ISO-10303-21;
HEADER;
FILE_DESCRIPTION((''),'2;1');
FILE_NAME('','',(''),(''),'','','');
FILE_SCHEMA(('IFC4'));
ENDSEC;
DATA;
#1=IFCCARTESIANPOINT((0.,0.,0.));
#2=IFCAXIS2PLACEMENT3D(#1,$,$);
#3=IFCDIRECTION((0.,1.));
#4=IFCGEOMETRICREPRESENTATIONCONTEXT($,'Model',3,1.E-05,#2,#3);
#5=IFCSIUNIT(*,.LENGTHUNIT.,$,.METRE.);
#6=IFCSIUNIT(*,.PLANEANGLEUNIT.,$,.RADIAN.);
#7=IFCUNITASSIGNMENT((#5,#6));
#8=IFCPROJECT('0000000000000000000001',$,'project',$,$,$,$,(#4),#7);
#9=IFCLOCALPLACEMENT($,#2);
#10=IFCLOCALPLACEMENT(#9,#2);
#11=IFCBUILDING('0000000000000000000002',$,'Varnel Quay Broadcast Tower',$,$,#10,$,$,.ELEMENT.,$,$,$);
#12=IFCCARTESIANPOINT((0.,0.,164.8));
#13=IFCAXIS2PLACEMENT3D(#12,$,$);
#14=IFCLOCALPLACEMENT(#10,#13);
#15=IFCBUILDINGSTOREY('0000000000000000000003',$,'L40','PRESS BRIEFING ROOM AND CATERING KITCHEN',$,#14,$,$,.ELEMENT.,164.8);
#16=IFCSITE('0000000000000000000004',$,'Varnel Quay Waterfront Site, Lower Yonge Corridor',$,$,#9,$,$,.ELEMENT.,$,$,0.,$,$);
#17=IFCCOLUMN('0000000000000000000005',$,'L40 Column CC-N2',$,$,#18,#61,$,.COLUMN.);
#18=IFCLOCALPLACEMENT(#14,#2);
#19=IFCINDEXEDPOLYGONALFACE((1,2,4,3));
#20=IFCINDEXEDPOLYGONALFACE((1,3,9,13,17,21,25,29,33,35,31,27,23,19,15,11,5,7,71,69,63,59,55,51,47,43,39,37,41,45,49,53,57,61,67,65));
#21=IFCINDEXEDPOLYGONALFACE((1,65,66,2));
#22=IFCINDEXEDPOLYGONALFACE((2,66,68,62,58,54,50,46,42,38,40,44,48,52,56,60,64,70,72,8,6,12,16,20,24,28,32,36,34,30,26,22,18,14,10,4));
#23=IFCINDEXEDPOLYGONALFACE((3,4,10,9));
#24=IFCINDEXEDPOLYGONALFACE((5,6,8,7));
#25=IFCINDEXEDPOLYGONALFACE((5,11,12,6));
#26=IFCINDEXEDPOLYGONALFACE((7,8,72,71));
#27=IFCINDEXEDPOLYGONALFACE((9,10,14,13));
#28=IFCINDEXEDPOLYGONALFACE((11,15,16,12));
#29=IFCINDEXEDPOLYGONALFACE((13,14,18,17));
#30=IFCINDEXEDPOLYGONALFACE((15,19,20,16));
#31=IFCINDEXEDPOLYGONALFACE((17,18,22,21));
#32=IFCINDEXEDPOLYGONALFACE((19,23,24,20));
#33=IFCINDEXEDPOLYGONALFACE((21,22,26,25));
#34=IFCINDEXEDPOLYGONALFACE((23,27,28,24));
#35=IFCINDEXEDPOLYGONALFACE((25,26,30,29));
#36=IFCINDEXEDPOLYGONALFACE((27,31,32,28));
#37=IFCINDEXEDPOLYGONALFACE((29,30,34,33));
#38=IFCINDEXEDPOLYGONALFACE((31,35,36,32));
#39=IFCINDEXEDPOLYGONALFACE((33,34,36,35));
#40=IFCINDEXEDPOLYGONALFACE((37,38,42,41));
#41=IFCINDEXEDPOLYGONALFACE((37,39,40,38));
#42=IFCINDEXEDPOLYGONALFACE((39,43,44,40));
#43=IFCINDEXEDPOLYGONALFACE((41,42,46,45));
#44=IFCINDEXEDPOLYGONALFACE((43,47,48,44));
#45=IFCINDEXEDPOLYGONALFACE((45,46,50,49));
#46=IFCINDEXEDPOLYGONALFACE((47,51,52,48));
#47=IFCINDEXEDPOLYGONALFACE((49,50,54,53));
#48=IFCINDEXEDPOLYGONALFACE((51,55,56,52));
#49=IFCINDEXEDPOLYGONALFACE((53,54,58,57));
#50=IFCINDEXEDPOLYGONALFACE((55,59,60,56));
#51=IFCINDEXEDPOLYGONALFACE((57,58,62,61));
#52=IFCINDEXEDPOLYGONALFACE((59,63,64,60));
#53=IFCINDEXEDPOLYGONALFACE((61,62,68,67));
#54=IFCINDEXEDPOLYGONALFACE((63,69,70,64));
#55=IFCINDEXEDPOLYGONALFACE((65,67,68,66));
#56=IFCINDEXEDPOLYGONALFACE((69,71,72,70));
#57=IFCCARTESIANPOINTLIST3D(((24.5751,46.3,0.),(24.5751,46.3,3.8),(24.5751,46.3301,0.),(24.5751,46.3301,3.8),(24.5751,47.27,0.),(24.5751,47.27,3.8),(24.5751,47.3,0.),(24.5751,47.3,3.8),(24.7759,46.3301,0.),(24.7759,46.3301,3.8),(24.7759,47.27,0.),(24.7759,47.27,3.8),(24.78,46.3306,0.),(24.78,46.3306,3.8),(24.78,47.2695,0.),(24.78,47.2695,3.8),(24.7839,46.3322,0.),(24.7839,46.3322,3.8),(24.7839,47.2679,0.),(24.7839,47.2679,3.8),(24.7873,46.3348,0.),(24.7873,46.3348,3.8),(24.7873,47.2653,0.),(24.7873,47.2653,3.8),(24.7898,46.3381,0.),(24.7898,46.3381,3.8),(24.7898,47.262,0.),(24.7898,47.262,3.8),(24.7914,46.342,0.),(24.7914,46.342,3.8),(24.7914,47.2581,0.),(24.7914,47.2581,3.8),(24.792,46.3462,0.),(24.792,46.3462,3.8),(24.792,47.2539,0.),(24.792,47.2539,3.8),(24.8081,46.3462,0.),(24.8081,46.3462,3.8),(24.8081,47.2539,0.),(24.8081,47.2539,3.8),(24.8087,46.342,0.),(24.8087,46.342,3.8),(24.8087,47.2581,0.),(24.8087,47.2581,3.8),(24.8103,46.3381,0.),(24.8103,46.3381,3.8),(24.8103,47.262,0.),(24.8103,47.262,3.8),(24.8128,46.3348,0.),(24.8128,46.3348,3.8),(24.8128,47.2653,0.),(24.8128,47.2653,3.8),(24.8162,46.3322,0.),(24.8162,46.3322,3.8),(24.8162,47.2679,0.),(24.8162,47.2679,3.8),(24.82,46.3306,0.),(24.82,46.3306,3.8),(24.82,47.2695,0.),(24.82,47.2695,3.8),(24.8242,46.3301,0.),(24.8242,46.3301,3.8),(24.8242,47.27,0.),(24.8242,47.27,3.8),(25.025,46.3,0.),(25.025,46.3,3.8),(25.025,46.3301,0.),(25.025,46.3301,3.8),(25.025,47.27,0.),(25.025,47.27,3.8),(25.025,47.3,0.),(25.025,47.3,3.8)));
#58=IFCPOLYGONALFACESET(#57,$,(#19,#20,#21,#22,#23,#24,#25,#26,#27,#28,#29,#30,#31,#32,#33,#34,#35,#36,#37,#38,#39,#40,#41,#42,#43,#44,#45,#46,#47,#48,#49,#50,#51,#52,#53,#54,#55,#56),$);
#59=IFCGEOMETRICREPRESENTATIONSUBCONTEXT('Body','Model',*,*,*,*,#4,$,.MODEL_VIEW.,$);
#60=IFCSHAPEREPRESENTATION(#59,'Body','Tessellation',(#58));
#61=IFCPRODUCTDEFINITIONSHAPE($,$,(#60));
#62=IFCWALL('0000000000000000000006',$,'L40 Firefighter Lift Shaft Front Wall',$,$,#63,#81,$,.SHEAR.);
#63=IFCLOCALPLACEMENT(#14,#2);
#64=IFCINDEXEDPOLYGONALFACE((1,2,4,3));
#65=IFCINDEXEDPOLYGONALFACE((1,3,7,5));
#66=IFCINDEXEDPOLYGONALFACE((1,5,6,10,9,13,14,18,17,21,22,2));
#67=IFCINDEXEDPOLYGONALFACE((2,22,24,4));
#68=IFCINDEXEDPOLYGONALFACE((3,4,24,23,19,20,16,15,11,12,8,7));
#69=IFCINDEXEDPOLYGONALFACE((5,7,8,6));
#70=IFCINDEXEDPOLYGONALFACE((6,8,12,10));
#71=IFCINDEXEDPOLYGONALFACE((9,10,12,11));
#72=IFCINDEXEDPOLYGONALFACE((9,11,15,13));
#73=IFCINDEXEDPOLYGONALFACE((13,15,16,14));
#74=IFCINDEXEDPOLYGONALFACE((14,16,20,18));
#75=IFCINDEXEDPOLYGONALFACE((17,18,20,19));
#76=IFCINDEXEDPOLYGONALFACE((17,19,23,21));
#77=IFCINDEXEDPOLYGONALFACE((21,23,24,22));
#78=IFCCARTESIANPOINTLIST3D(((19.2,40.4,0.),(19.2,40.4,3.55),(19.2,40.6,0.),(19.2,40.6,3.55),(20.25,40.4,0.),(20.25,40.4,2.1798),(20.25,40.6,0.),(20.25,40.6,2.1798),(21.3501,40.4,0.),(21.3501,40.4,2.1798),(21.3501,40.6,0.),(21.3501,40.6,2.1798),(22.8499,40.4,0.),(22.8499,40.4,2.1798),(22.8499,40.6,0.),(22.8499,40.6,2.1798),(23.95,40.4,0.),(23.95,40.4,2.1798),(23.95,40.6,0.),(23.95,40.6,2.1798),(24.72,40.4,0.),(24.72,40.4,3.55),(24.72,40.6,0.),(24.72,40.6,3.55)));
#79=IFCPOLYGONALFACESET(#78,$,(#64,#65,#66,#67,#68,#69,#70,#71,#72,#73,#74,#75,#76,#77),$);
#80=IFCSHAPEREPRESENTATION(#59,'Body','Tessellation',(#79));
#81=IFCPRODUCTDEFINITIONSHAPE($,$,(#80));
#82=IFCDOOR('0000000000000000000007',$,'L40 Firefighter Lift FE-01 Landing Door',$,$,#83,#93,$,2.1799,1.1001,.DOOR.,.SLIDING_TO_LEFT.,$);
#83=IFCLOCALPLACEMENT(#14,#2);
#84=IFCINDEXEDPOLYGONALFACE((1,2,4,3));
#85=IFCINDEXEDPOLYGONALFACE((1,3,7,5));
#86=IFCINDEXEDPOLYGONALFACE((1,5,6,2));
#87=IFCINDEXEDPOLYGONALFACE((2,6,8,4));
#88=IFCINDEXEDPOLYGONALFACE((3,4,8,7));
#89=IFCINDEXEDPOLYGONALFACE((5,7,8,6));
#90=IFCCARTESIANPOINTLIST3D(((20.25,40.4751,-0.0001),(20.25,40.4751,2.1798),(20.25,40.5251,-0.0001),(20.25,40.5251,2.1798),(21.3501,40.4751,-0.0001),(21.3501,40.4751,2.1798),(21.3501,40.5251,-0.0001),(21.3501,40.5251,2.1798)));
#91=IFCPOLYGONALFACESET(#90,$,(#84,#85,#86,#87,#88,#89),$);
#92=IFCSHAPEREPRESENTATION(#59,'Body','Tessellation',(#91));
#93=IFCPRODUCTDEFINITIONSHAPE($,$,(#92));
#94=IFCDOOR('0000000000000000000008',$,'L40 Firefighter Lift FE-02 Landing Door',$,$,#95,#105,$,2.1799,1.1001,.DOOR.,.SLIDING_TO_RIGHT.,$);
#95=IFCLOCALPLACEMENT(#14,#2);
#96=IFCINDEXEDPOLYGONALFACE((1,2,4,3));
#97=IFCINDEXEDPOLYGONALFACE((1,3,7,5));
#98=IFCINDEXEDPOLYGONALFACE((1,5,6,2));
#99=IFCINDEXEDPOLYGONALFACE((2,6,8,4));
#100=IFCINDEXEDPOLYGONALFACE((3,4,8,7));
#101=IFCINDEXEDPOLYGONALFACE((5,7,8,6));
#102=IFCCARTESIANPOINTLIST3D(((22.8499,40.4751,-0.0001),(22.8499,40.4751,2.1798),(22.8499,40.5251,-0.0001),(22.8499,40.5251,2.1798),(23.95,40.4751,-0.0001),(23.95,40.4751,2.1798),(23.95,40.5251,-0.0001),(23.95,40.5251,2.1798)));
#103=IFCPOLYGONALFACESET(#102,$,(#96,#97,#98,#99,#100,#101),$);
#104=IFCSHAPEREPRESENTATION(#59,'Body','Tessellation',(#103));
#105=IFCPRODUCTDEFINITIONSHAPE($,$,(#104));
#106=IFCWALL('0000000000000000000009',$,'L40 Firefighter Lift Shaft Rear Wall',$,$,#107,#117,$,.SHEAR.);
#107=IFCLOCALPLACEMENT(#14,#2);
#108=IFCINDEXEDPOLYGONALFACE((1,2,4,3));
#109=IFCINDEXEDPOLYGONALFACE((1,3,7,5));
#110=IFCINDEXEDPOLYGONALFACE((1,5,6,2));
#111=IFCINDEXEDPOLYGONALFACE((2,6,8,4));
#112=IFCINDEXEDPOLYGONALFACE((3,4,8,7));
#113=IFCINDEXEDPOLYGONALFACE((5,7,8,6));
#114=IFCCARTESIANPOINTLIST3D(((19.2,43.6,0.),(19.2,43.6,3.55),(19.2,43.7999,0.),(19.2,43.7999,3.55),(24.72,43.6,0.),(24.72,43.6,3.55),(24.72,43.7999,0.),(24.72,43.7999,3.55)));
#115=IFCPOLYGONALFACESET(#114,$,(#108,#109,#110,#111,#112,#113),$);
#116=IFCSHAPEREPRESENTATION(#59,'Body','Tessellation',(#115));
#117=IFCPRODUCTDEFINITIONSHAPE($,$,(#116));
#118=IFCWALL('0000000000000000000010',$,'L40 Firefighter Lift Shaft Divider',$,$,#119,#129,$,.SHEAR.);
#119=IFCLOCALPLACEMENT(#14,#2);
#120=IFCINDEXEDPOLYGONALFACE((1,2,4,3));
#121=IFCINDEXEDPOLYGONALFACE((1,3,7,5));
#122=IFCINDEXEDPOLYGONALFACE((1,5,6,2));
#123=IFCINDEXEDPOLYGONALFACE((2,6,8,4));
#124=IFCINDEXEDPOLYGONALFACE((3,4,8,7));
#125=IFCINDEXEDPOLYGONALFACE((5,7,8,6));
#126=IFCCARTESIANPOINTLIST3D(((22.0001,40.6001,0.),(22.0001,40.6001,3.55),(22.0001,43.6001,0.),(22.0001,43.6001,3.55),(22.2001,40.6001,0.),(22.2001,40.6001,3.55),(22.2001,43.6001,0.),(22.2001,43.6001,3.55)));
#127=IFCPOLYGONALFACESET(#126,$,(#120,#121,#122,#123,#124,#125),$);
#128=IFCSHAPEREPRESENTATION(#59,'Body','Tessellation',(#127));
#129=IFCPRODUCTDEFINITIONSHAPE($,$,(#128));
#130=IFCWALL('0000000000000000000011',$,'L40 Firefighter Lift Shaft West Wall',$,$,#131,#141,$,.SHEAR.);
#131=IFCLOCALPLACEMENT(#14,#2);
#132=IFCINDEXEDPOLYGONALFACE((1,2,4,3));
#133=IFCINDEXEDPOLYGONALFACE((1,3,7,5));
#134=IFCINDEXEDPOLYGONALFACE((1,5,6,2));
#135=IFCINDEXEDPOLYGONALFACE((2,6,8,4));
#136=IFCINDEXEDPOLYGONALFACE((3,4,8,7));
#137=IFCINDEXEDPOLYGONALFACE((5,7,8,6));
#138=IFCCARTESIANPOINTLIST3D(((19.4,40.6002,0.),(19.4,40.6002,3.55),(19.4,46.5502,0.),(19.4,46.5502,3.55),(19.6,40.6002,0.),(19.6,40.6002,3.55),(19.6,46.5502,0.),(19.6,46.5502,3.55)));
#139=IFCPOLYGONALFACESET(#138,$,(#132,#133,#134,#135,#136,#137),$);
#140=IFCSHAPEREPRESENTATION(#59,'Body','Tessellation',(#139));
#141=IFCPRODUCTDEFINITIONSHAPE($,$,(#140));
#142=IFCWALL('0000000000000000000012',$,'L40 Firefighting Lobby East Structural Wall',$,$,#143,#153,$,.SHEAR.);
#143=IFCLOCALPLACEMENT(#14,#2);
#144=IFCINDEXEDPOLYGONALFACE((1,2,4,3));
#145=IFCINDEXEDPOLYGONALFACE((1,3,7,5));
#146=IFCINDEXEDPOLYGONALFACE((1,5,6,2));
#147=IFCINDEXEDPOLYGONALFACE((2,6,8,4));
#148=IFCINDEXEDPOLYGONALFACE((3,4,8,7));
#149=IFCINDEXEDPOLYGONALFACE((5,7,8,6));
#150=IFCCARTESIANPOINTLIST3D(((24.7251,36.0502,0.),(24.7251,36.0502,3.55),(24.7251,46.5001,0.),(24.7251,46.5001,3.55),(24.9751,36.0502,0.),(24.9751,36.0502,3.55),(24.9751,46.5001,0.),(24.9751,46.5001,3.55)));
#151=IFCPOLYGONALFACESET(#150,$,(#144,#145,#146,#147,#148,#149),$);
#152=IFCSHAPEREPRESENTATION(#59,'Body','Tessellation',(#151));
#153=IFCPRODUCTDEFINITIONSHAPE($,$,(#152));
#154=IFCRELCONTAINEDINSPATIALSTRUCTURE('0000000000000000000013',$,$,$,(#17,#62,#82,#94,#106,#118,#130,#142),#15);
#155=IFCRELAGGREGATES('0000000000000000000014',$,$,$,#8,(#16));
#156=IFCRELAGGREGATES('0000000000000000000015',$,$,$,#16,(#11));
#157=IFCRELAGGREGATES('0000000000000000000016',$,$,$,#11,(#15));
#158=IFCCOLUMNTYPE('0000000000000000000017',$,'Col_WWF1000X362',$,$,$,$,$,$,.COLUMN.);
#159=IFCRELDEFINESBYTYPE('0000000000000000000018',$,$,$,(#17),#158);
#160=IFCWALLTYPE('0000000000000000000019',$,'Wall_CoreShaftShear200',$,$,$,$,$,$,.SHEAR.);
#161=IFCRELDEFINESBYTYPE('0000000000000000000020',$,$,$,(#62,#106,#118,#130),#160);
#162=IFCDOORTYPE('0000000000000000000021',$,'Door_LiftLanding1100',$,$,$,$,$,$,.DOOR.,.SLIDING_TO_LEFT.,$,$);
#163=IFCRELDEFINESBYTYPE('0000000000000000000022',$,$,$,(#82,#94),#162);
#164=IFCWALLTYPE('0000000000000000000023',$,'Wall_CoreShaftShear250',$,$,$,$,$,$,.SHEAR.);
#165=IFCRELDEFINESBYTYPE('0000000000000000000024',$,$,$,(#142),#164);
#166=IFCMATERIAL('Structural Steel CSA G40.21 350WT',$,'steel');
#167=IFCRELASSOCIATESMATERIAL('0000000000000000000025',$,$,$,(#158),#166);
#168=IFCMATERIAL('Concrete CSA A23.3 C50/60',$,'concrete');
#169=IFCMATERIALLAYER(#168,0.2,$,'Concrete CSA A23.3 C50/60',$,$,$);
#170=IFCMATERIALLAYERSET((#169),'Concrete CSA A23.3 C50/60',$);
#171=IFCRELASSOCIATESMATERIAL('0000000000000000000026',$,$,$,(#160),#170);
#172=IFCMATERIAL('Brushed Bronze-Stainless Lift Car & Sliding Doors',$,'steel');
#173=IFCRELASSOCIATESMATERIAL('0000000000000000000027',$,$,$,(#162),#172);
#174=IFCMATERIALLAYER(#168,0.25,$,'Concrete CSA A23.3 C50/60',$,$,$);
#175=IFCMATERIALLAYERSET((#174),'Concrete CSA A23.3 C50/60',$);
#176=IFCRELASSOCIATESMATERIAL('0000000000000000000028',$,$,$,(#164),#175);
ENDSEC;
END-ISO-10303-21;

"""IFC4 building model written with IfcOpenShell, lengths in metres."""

from ifc_helpers import new_model, si_unit, direction, frame, frame_2d, origin, origin_2d, place, context, subcontext, project, spatial, rectangle, i_section, extrude, source, transform, mapped, material, layer, layer_set, material_profile, profile_set, type_object, type_shapes, element, fill, save


model = new_model("IFC4")

# Units and contexts
model_context = context("Model", 3, precision=1e-05, world=origin(), true_north=direction((0.0, 1.0)))
body_context = subcontext(model_context, "Body", "Model", "MODEL_VIEW")
ifc_project = project(units=[si_unit("LENGTHUNIT", "METRE"), si_unit("PLANEANGLEUNIT", "RADIAN")], contexts=[model_context])

# Site, building, storey
site_placement = place(None, origin())
site = spatial("IfcSite", under=ifc_project, at=site_placement, Name="Varnel Quay Waterfront Site, Lower Yonge Corridor", CompositionType="ELEMENT", RefElevation=0.0)
building_placement = place(site_placement, origin())
building = spatial("IfcBuilding", under=site, at=building_placement, Name="Varnel Quay Broadcast Tower", CompositionType="ELEMENT")
storey_placement = place(building_placement, frame((0.0, 0.0, 164.8)))
storey = spatial("IfcBuildingStorey", under=building, at=storey_placement, Name="L40", Description="PRESS BRIEFING ROOM AND CATERING KITCHEN", CompositionType="ELEMENT", Elevation=164.8)

# Column
ifc_material_1 = material(Name="Structural Steel CSA G40.21 350WT", Category="steel")
ifc_material_profile = material_profile(ifc_material_1, i_section(OverallWidth=0.45, OverallDepth=1.0, WebThickness=0.0161, FlangeThickness=0.03, FilletRadius=0.0161, at=origin_2d()), Name="WWF1000X362")
ifc_profile_set = profile_set([ifc_material_profile], Name="Structural Steel CSA G40.21 350WT")
column_type = type_object("IfcColumnType", Name="Col_WWF1000X362", PredefinedType="COLUMN", material=ifc_profile_set)
shared_shape_1 = source(origin(), body_context, "Body", "SweptSolid", [
    extrude(i_section(OverallWidth=0.45, OverallDepth=1.0, WebThickness=0.0161, FlangeThickness=0.03, FilletRadius=0.0161, at=origin_2d()), origin(), (0.0, 0.0, 1.0), 3.8),
])
type_shapes(column_type, [shared_shape_1])
column_placement = place(storey_placement, frame((24.8, 46.8, 0.0), z_axis=(0.0, 0.0, 1.0), x_axis=(1.0, 0.0, 0.0)))
element("IfcColumn", 1, at=column_placement, inside=storey, type_object=column_type, Name="L40 Column CC-N2", PredefinedType="COLUMN", context=body_context, shape_type="MappedRepresentation", body=[
    mapped(shared_shape_1, transform((0.0, 0.0, 0.0), x_axis=(1.0, 0.0, 0.0), y_axis=(0.0, 1.0, 0.0), z_axis=(0.0, 0.0, 1.0), scale=1.0)),
])

# Wall, openings, doors
ifc_material_2 = material(Name="Concrete CSA A23.3 C50/60", Category="concrete")
ifc_layer_1 = layer(ifc_material_2, 0.2, Name="Concrete CSA A23.3 C50/60")
ifc_layer_set_1 = layer_set([ifc_layer_1], Name="Concrete CSA A23.3 C50/60")
wall_type_1 = type_object("IfcWallType", Name="Wall_CoreShaftShear200", PredefinedType="SHEAR", material=ifc_layer_set_1)
wall_1_placement = place(storey_placement, frame((19.2, 40.5, 0.0), z_axis=(0.0, 0.0, 1.0), x_axis=(1.0, 0.0, 0.0)))
wall_1 = element("IfcWall", 2, at=wall_1_placement, inside=storey, type_object=wall_type_1, Name="L40 Firefighter Lift Shaft Front Wall", PredefinedType="SHEAR", context=body_context, shape_type="SweptSolid", body=[
    extrude(rectangle(XDim=5.52, YDim=0.2, at=frame_2d((2.76, 0.0))), origin(), (0.0, 0.0, 1.0), 3.55),
])
opening_1_placement = place(wall_1_placement, frame((1.05, 0.0, 0.0)))
opening_1 = element("IfcOpeningElement", 3, at=opening_1_placement, cuts=wall_1, PredefinedType="OPENING", context=body_context, shape_type="SweptSolid", body=[
    extrude(rectangle(XDim=1.1001, YDim=2.1799, at=frame_2d((0.55, 1.0898))), frame((0.0, 0.1099, 0.0), z_axis=(0.0, -1.0, 0.0), x_axis=(1.0, 0.0, 0.0)), (0.0, 0.0, 1.0), 0.22),
])
opening_2_placement = place(wall_1_placement, frame((3.6499, 0.0, 0.0)))
opening_2 = element("IfcOpeningElement", 4, at=opening_2_placement, cuts=wall_1, PredefinedType="OPENING", context=body_context, shape_type="SweptSolid", body=[
    extrude(rectangle(XDim=1.1001, YDim=2.1799, at=frame_2d((0.55, 1.0898))), frame((0.0, 0.1099, 0.0), z_axis=(0.0, -1.0, 0.0), x_axis=(1.0, 0.0, 0.0)), (0.0, 0.0, 1.0), 0.22),
])
ifc_material_3 = material(Name="Brushed Bronze-Stainless Lift Car & Sliding Doors", Category="steel")
door_type_1 = type_object("IfcDoorType", Name="Door_LiftLanding1100", OperationType="SLIDING_TO_LEFT", PredefinedType="DOOR", material=ifc_material_3)
shared_shape_2 = source(origin(), body_context, "Body", "SweptSolid", [
    extrude(rectangle(XDim=1.1001, YDim=2.1799, at=frame_2d((0.55, 1.0898))), frame((0.0, 0.0249, 0.0), z_axis=(0.0, -1.0, 0.0), x_axis=(1.0, 0.0, 0.0)), (0.0, 0.0, 1.0), 0.05),
])
type_shapes(door_type_1, [shared_shape_2])
door_1_placement = place(opening_1_placement, frame((1.1001, 0.0, 0.0), z_axis=(0.0, 0.0, 1.0), x_axis=(-1.0, 0.0, 0.0)))
door_1 = element("IfcDoor", 5, at=door_1_placement, inside=storey, type_object=door_type_1, Name="L40 Firefighter Lift FE-01 Landing Door", OperationType="SLIDING_TO_LEFT", OverallHeight=2.1799, OverallWidth=1.1001, PredefinedType="DOOR", context=body_context, shape_type="MappedRepresentation", body=[
    mapped(shared_shape_2, transform((0.0, 0.0, 0.0), x_axis=(1.0, 0.0, 0.0), y_axis=(0.0, 1.0, 0.0), z_axis=(0.0, 0.0, 1.0), scale=1.0)),
])
fill(opening_1, door_1)
door_2_placement = place(opening_2_placement, frame((1.1001, 0.0, 0.0), z_axis=(0.0, 0.0, 1.0), x_axis=(-1.0, 0.0, 0.0)))
door_2 = element("IfcDoor", 6, at=door_2_placement, inside=storey, type_object=door_type_1, Name="L40 Firefighter Lift FE-02 Landing Door", OperationType="SLIDING_TO_RIGHT", OverallHeight=2.1799, OverallWidth=1.1001, PredefinedType="DOOR", context=body_context, shape_type="MappedRepresentation", body=[
    mapped(shared_shape_2, transform((0.0, 0.0, 0.0), x_axis=(1.0, 0.0, 0.0), y_axis=(0.0, 1.0, 0.0), z_axis=(0.0, 0.0, 1.0), scale=1.0)),
])
fill(opening_2, door_2)

# Walls
wall_2_placement = place(storey_placement, frame((19.2, 43.7, 0.0), z_axis=(0.0, 0.0, 1.0), x_axis=(1.0, 0.0, 0.0)))
element("IfcWall", 7, at=wall_2_placement, inside=storey, type_object=wall_type_1, Name="L40 Firefighter Lift Shaft Rear Wall", PredefinedType="SHEAR", context=body_context, shape_type="SweptSolid", body=[
    extrude(rectangle(XDim=5.52, YDim=0.2, at=frame_2d((2.76, 0.0))), origin(), (0.0, 0.0, 1.0), 3.55),
])
wall_3_placement = place(storey_placement, frame((22.1001, 40.6001, 0.0), z_axis=(0.0, 0.0, 1.0), x_axis=(0.0, 1.0, 0.0)))
element("IfcWall", 8, at=wall_3_placement, inside=storey, type_object=wall_type_1, Name="L40 Firefighter Lift Shaft Divider", PredefinedType="SHEAR", context=body_context, shape_type="SweptSolid", body=[
    extrude(rectangle(XDim=3.0, YDim=0.2, at=frame_2d((1.5, 0.0))), origin(), (0.0, 0.0, 1.0), 3.55),
])
wall_4_placement = place(storey_placement, frame((19.5, 40.6001, 0.0), z_axis=(0.0, 0.0, 1.0), x_axis=(0.0, 1.0, 0.0)))
element("IfcWall", 9, at=wall_4_placement, inside=storey, type_object=wall_type_1, Name="L40 Firefighter Lift Shaft West Wall", PredefinedType="SHEAR", context=body_context, shape_type="SweptSolid", body=[
    extrude(rectangle(XDim=5.95, YDim=0.2, at=frame_2d((2.9751, 0.0))), origin(), (0.0, 0.0, 1.0), 3.55),
])
ifc_layer_2 = layer(ifc_material_2, 0.25, Name="Concrete CSA A23.3 C50/60")
ifc_layer_set_2 = layer_set([ifc_layer_2], Name="Concrete CSA A23.3 C50/60")
wall_type_2 = type_object("IfcWallType", Name="Wall_CoreShaftShear250", PredefinedType="SHEAR", material=ifc_layer_set_2)
wall_5_placement = place(storey_placement, frame((24.8501, 36.05, 0.0), z_axis=(0.0, 0.0, 1.0), x_axis=(0.0, 1.0, 0.0)))
element("IfcWall", 10, at=wall_5_placement, inside=storey, type_object=wall_type_2, Name="L40 Firefighting Lobby East Structural Wall", PredefinedType="SHEAR", context=body_context, shape_type="SweptSolid", body=[
    extrude(rectangle(XDim=10.45, YDim=0.25, at=frame_2d((5.2251, 0.0))), origin(), (0.0, 0.0, 1.0), 3.55),
])

save(model, "model.ifc")
